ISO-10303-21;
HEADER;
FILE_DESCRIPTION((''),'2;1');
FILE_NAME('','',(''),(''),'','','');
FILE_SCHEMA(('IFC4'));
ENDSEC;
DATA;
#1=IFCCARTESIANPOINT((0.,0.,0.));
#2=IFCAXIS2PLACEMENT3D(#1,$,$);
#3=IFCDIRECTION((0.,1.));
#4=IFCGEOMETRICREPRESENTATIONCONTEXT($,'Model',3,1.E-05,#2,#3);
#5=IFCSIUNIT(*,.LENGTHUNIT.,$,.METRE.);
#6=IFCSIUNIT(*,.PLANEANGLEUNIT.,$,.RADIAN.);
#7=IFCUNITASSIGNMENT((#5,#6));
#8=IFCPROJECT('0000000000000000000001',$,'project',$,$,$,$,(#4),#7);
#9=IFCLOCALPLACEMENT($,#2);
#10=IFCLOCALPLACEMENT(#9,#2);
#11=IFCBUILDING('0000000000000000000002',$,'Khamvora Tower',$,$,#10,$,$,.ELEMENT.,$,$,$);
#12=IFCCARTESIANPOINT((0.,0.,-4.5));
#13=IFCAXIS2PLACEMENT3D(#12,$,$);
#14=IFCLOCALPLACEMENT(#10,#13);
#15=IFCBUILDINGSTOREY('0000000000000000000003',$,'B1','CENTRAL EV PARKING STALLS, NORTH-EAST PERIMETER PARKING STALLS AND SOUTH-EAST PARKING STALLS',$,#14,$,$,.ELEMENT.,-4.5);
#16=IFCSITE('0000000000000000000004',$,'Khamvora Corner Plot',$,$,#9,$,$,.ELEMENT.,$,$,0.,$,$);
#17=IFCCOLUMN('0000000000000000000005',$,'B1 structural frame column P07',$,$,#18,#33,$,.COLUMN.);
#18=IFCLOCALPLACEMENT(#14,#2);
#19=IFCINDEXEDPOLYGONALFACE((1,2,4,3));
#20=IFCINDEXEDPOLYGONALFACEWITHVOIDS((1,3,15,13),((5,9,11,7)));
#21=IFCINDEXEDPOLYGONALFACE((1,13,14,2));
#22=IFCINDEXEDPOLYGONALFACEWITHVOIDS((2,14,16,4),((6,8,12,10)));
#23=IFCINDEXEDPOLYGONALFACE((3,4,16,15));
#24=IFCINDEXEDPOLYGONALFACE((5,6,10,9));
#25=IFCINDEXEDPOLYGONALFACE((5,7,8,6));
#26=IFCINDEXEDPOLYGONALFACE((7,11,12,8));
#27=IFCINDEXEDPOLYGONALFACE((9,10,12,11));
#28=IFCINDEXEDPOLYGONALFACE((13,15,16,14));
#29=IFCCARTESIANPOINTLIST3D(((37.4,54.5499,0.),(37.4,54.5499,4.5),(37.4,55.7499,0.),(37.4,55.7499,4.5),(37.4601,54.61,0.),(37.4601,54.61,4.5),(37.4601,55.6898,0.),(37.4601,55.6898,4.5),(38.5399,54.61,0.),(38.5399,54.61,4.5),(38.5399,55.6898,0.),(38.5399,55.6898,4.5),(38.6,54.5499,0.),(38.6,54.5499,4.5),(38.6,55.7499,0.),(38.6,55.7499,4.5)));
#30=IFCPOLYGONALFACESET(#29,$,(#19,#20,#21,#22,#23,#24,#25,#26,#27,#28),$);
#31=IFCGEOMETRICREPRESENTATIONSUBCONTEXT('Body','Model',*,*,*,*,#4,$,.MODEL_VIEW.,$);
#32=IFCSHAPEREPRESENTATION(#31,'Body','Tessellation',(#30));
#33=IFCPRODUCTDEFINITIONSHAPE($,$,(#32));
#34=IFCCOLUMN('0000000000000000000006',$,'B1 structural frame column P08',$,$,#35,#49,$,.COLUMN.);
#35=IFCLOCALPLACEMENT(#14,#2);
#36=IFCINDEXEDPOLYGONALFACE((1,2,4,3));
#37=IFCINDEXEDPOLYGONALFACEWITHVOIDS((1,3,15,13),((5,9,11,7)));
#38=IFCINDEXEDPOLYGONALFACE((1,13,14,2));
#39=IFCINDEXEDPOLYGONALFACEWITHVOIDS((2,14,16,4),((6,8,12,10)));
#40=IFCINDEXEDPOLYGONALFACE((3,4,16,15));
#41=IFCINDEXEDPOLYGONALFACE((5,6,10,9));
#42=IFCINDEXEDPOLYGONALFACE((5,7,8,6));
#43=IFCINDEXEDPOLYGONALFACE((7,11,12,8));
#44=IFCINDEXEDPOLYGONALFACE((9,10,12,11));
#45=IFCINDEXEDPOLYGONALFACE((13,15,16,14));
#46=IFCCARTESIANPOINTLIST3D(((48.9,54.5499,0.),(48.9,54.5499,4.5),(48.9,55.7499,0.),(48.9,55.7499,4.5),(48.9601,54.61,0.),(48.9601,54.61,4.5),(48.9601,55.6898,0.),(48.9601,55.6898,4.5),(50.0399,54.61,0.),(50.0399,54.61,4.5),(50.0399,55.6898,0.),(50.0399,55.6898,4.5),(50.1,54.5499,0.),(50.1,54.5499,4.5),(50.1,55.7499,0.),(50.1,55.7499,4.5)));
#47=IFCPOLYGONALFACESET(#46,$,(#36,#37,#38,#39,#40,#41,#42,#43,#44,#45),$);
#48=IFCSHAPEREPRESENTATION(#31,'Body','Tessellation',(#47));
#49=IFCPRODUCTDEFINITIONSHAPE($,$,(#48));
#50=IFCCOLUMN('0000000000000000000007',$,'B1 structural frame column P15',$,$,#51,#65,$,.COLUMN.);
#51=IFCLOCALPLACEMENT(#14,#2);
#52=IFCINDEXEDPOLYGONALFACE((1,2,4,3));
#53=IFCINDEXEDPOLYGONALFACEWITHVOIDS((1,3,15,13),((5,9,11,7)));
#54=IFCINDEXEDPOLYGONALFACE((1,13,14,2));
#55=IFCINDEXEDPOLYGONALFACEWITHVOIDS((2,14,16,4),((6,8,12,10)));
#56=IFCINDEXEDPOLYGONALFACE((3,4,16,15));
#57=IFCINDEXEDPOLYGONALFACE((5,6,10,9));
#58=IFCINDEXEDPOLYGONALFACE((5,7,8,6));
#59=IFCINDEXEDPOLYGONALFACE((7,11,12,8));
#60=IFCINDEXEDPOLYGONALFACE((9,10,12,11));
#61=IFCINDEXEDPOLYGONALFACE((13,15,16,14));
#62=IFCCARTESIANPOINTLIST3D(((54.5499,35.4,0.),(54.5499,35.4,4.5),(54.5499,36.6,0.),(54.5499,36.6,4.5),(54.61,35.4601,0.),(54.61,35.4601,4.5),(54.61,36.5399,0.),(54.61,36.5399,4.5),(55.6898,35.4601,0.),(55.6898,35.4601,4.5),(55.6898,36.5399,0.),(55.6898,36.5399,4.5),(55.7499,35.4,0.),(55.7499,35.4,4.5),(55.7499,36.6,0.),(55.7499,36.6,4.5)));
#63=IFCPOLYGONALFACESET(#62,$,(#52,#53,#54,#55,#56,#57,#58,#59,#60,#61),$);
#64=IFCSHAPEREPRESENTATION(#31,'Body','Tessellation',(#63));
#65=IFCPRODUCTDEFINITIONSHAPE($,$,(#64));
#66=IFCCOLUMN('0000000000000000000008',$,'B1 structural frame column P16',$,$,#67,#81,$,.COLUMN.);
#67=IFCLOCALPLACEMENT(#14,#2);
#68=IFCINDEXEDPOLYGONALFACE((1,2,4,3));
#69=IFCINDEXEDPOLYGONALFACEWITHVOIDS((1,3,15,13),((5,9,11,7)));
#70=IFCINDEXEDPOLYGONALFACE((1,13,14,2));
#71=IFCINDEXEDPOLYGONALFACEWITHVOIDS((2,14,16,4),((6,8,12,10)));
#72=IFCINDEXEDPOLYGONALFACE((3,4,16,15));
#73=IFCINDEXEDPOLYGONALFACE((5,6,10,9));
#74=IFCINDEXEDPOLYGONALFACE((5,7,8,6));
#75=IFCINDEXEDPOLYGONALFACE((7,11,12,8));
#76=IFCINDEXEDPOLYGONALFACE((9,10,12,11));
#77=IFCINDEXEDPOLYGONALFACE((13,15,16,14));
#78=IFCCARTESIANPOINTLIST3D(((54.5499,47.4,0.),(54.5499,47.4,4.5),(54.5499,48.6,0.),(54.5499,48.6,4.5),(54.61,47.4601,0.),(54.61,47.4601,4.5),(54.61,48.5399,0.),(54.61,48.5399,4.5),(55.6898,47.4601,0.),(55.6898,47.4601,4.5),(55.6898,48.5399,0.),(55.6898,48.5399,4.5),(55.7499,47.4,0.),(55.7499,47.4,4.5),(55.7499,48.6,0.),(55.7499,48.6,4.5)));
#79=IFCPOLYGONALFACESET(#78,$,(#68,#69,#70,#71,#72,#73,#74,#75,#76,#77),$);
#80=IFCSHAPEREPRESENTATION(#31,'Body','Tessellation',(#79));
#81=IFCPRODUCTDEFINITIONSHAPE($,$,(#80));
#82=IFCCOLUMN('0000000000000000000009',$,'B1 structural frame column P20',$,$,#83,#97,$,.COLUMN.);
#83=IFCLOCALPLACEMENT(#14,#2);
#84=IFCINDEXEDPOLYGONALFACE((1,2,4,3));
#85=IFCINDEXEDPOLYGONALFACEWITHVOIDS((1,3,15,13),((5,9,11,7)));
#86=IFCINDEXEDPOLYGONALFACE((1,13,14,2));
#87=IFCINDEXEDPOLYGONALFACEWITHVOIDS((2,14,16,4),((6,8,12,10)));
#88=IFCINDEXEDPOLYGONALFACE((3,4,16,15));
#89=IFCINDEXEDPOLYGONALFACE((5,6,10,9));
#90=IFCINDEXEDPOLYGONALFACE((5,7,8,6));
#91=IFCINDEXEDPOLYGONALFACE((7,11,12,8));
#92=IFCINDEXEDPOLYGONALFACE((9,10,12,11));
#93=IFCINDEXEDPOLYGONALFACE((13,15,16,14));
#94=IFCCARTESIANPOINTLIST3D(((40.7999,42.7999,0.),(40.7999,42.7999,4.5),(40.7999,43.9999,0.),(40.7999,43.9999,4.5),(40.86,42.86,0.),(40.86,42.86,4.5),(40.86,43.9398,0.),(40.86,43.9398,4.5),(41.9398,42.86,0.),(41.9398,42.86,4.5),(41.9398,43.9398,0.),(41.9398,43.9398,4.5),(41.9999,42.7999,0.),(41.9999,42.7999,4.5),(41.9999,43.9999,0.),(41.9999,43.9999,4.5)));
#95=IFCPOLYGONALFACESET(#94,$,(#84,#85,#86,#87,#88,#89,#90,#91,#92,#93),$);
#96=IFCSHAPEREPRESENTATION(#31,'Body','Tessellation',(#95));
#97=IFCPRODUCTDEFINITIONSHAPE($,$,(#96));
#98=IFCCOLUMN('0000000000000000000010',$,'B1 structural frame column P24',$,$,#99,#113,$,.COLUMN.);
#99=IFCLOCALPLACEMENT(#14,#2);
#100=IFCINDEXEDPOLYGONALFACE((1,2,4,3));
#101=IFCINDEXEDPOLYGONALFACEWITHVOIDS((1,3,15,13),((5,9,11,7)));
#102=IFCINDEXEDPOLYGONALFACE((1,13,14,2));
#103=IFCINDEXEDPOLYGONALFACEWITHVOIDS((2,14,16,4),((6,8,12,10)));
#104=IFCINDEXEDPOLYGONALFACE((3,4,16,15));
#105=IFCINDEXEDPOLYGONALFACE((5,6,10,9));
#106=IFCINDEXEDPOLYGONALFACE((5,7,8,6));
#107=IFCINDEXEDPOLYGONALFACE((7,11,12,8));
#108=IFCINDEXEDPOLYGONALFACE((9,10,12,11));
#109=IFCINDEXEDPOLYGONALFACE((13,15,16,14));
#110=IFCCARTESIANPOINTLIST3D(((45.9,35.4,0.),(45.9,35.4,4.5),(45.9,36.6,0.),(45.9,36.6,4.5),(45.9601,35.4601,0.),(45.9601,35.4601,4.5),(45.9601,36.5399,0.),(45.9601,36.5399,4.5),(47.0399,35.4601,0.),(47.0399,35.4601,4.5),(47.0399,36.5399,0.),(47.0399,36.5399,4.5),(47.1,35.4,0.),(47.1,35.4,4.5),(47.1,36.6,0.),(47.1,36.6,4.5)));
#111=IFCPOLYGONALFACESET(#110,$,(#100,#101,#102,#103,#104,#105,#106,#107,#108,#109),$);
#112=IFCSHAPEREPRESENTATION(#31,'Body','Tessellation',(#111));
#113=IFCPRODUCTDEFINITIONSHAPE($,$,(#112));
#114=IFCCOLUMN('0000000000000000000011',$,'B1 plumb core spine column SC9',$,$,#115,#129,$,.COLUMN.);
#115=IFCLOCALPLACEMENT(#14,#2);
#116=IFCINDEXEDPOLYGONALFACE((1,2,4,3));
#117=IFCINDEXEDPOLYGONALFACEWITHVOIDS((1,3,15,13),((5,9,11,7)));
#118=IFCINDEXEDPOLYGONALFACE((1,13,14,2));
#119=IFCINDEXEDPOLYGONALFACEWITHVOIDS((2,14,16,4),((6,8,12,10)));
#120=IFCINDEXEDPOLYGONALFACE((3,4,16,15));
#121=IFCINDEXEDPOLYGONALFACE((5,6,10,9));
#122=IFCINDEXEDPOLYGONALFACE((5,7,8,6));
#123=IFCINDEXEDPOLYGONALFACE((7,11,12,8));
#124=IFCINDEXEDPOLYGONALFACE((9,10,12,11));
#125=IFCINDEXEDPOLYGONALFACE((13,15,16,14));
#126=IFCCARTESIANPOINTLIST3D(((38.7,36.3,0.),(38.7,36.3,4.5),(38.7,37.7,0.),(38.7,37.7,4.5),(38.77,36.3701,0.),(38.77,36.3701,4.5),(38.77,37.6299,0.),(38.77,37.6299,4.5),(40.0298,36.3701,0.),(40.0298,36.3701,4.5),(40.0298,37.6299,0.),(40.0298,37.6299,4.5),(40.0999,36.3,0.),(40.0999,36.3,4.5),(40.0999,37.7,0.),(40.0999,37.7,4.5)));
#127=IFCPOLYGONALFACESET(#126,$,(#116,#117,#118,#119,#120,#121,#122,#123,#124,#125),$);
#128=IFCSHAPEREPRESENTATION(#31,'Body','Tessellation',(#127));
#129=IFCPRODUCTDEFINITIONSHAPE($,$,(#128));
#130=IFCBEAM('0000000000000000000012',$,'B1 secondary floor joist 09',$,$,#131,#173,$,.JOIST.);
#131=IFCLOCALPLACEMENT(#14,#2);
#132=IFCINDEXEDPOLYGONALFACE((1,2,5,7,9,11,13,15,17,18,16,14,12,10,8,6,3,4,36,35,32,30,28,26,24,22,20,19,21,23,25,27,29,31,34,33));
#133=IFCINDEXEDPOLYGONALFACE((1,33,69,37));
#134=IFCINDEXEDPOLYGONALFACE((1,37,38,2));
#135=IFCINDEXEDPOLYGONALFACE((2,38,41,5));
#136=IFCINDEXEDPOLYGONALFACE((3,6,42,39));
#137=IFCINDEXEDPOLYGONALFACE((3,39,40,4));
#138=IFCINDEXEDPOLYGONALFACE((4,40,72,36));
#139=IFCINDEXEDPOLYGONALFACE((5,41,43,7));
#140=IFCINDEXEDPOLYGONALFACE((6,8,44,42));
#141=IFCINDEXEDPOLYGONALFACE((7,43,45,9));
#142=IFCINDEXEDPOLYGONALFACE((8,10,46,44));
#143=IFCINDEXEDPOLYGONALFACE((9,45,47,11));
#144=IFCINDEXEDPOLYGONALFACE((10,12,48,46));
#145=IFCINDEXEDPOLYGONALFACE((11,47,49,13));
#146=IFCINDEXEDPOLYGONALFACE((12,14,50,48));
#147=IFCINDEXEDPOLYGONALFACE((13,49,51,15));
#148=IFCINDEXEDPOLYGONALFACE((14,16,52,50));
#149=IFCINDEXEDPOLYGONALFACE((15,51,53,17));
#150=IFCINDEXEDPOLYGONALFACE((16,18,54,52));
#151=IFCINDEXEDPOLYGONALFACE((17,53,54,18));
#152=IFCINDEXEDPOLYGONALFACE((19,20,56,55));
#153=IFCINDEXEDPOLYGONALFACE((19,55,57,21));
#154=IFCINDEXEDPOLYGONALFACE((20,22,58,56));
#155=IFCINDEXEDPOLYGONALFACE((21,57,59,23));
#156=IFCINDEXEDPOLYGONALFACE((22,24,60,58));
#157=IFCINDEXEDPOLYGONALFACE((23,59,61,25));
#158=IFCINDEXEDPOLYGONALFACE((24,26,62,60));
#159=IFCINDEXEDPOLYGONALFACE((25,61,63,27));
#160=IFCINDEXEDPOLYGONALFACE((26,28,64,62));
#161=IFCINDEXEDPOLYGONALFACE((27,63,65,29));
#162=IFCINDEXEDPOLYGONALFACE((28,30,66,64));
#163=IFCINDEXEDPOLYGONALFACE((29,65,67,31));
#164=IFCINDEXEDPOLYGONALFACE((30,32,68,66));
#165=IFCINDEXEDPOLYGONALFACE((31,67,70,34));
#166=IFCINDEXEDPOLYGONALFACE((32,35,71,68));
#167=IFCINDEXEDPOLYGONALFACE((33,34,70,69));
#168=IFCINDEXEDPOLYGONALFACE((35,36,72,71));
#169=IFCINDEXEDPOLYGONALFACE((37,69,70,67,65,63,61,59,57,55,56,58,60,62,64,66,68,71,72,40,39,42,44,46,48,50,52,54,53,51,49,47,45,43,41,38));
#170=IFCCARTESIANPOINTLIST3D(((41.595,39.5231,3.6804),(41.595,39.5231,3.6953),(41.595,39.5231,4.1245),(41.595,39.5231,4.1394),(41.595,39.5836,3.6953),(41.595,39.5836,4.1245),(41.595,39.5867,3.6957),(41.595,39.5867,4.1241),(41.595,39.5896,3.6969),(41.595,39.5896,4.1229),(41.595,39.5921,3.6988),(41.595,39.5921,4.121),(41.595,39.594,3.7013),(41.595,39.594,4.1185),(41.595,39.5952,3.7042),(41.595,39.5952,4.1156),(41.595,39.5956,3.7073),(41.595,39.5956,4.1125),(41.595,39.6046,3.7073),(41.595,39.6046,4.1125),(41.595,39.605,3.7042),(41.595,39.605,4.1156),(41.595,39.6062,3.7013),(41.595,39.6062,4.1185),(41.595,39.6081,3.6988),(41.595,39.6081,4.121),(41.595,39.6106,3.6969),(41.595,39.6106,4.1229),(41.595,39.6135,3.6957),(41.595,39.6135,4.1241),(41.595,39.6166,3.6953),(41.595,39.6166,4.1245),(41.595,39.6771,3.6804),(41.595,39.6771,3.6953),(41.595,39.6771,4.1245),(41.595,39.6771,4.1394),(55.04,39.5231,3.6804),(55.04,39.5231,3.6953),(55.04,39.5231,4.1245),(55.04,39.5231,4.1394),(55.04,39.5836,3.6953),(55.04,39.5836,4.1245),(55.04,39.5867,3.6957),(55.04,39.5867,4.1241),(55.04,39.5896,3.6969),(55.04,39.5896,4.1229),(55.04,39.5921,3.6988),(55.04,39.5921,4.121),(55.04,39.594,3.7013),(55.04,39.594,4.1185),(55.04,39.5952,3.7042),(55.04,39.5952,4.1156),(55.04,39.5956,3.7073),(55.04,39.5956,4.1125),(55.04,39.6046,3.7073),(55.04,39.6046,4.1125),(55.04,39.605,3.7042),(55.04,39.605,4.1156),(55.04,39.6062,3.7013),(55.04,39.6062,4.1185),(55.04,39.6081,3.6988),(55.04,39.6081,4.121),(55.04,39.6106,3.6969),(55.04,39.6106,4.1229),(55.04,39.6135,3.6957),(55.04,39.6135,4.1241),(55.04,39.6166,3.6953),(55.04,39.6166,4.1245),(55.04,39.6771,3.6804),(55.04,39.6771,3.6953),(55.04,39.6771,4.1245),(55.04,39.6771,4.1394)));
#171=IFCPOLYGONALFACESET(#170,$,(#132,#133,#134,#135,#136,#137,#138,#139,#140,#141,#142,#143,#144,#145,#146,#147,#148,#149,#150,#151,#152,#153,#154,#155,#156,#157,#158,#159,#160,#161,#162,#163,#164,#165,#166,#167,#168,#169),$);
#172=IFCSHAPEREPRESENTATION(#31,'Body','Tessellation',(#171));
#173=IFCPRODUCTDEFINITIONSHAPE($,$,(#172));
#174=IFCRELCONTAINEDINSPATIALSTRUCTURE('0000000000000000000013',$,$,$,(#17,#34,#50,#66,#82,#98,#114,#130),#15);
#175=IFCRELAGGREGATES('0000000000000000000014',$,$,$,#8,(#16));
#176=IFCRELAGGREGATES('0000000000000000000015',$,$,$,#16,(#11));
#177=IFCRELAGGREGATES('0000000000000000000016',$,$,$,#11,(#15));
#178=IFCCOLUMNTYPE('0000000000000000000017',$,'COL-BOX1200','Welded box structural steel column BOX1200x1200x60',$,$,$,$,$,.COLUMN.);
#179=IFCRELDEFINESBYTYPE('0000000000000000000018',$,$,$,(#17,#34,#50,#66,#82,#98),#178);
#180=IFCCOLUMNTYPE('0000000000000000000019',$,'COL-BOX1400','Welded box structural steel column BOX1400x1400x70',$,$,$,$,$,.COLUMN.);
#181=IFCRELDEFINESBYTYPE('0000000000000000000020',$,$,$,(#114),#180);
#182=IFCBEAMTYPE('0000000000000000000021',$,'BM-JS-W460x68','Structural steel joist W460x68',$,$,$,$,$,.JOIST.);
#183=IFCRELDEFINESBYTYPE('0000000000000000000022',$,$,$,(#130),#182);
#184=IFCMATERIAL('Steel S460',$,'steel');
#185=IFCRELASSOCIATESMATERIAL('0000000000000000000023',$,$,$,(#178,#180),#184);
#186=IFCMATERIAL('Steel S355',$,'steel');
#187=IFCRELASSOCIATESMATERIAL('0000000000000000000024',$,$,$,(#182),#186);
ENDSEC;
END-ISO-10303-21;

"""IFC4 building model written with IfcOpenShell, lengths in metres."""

from ifc_helpers import new_model, si_unit, direction, frame, origin, origin_2d, place, context, subcontext, project, spatial, hollow_rectangle, i_section, extrude, material, material_profile, profile_set, type_object, element, save


model = new_model("IFC4")

# Units and contexts
model_context = context("Model", 3, precision=1e-05, world=origin(), true_north=direction((0.0, 1.0)))
body_context = subcontext(model_context, "Body", "Model", "MODEL_VIEW")
ifc_project = project(units=[si_unit("LENGTHUNIT", "METRE"), si_unit("PLANEANGLEUNIT", "RADIAN")], contexts=[model_context])

# Site, building, storey
site_placement = place(None, origin())
site = spatial("IfcSite", under=ifc_project, at=site_placement, Name="Khamvora Corner Plot", CompositionType="ELEMENT", RefElevation=0.0)
building_placement = place(site_placement, origin())
building = spatial("IfcBuilding", under=site, at=building_placement, Name="Khamvora Tower", CompositionType="ELEMENT")
storey_placement = place(building_placement, frame((0.0, 0.0, -4.5)))
storey = spatial("IfcBuildingStorey", under=building, at=storey_placement, Name="B1", Description="CENTRAL EV PARKING STALLS, NORTH-EAST PERIMETER PARKING STALLS AND SOUTH-EAST PARKING STALLS", CompositionType="ELEMENT", Elevation=-4.5)

# Columns
ifc_material_1 = material(Name="Steel S460", Category="steel")
ifc_material_profile_1 = material_profile(ifc_material_1, hollow_rectangle(XDim=1.2, YDim=1.2, WallThickness=0.0601, at=origin_2d()), Name="BOX1200x1200x60")
ifc_profile_set_1 = profile_set([ifc_material_profile_1], Name="Steel S460")
column_type_1 = type_object("IfcColumnType", Name="COL-BOX1200", Description="Welded box structural steel column BOX1200x1200x60", PredefinedType="COLUMN", material=ifc_profile_set_1)
for number, where, z_axis, x_axis, name in (
    (1, (38.0, 55.1499, 0.0), (0.0, 0.0, 1.0), (1.0, 0.0, 0.0), "B1 structural frame column P07"),
    (2, (49.5, 55.1499, 0.0), (0.0, 0.0, 1.0), (1.0, 0.0, 0.0), "B1 structural frame column P08"),
    (3, (55.1499, 36.0, 0.0), (0.0, 0.0, 1.0), (1.0, 0.0, 0.0), "B1 structural frame column P15"),
    (4, (55.1499, 48.0, 0.0), (0.0, 0.0, 1.0), (1.0, 0.0, 0.0), "B1 structural frame column P16"),
    (5, (41.3999, 43.3999, 0.0), (0.0, 0.0, 1.0), (1.0, 0.0, 0.0), "B1 structural frame column P20"),
    (6, (46.5, 36.0, 0.0), (0.0, 0.0, 1.0), (1.0, 0.0, 0.0), "B1 structural frame column P24"),
):
    element("IfcColumn", number, at=place(storey_placement, frame(where, z_axis=z_axis, x_axis=x_axis)), inside=storey, type_object=column_type_1, Name=name, PredefinedType="COLUMN", context=body_context, shape_type="SweptSolid", body=[
        extrude(hollow_rectangle(XDim=1.2, YDim=1.2, WallThickness=0.0601, at=origin_2d()), origin(), (0.0, 0.0, 1.0), 4.5),
    ])
ifc_material_profile_2 = material_profile(ifc_material_1, hollow_rectangle(XDim=1.3999, YDim=1.3999, WallThickness=0.0701, at=origin_2d()), Name="BOX1400x1400x70")
ifc_profile_set_2 = profile_set([ifc_material_profile_2], Name="Steel S460")
column_type_2 = type_object("IfcColumnType", Name="COL-BOX1400", Description="Welded box structural steel column BOX1400x1400x70", PredefinedType="COLUMN", material=ifc_profile_set_2)
column_placement = place(storey_placement, frame((39.3999, 37.0, 0.0), z_axis=(0.0, 0.0, 1.0), x_axis=(1.0, 0.0, 0.0)))
element("IfcColumn", 7, at=column_placement, inside=storey, type_object=column_type_2, Name="B1 plumb core spine column SC9", PredefinedType="COLUMN", context=body_context, shape_type="SweptSolid", body=[
    extrude(hollow_rectangle(XDim=1.3999, YDim=1.3999, WallThickness=0.0701, at=origin_2d()), origin(), (0.0, 0.0, 1.0), 4.5),
])

# Beam
ifc_material_2 = material(Name="Steel S355", Category="steel")
ifc_material_profile_3 = material_profile(ifc_material_2, i_section(OverallWidth=0.1541, OverallDepth=0.459, WebThickness=0.009, FlangeThickness=0.0149, FilletRadius=0.012, at=origin_2d()), Name="W460x68")
ifc_profile_set_3 = profile_set([ifc_material_profile_3], Name="Steel S355")
beam_type_1 = type_object("IfcBeamType", Name="BM-JS-W460x68", Description="Structural steel joist W460x68", PredefinedType="JOIST", material=ifc_profile_set_3)
beam_1_placement = place(storey_placement, frame((41.595, 39.6001, 3.9099), z_axis=(1.0, 0.0, 0.0), x_axis=(0.0, 1.0, 0.0)))
element("IfcBeam", 8, at=beam_1_placement, inside=storey, type_object=beam_type_1, Name="B1 secondary floor joist 09", PredefinedType="JOIST", context=body_context, shape_type="SweptSolid", body=[
    extrude(i_section(OverallWidth=0.1541, OverallDepth=0.459, WebThickness=0.009, FlangeThickness=0.0149, FilletRadius=0.012, at=origin_2d()), origin(), (0.0, 0.0, 1.0), 13.4451),
])

save(model, "model.ifc")
